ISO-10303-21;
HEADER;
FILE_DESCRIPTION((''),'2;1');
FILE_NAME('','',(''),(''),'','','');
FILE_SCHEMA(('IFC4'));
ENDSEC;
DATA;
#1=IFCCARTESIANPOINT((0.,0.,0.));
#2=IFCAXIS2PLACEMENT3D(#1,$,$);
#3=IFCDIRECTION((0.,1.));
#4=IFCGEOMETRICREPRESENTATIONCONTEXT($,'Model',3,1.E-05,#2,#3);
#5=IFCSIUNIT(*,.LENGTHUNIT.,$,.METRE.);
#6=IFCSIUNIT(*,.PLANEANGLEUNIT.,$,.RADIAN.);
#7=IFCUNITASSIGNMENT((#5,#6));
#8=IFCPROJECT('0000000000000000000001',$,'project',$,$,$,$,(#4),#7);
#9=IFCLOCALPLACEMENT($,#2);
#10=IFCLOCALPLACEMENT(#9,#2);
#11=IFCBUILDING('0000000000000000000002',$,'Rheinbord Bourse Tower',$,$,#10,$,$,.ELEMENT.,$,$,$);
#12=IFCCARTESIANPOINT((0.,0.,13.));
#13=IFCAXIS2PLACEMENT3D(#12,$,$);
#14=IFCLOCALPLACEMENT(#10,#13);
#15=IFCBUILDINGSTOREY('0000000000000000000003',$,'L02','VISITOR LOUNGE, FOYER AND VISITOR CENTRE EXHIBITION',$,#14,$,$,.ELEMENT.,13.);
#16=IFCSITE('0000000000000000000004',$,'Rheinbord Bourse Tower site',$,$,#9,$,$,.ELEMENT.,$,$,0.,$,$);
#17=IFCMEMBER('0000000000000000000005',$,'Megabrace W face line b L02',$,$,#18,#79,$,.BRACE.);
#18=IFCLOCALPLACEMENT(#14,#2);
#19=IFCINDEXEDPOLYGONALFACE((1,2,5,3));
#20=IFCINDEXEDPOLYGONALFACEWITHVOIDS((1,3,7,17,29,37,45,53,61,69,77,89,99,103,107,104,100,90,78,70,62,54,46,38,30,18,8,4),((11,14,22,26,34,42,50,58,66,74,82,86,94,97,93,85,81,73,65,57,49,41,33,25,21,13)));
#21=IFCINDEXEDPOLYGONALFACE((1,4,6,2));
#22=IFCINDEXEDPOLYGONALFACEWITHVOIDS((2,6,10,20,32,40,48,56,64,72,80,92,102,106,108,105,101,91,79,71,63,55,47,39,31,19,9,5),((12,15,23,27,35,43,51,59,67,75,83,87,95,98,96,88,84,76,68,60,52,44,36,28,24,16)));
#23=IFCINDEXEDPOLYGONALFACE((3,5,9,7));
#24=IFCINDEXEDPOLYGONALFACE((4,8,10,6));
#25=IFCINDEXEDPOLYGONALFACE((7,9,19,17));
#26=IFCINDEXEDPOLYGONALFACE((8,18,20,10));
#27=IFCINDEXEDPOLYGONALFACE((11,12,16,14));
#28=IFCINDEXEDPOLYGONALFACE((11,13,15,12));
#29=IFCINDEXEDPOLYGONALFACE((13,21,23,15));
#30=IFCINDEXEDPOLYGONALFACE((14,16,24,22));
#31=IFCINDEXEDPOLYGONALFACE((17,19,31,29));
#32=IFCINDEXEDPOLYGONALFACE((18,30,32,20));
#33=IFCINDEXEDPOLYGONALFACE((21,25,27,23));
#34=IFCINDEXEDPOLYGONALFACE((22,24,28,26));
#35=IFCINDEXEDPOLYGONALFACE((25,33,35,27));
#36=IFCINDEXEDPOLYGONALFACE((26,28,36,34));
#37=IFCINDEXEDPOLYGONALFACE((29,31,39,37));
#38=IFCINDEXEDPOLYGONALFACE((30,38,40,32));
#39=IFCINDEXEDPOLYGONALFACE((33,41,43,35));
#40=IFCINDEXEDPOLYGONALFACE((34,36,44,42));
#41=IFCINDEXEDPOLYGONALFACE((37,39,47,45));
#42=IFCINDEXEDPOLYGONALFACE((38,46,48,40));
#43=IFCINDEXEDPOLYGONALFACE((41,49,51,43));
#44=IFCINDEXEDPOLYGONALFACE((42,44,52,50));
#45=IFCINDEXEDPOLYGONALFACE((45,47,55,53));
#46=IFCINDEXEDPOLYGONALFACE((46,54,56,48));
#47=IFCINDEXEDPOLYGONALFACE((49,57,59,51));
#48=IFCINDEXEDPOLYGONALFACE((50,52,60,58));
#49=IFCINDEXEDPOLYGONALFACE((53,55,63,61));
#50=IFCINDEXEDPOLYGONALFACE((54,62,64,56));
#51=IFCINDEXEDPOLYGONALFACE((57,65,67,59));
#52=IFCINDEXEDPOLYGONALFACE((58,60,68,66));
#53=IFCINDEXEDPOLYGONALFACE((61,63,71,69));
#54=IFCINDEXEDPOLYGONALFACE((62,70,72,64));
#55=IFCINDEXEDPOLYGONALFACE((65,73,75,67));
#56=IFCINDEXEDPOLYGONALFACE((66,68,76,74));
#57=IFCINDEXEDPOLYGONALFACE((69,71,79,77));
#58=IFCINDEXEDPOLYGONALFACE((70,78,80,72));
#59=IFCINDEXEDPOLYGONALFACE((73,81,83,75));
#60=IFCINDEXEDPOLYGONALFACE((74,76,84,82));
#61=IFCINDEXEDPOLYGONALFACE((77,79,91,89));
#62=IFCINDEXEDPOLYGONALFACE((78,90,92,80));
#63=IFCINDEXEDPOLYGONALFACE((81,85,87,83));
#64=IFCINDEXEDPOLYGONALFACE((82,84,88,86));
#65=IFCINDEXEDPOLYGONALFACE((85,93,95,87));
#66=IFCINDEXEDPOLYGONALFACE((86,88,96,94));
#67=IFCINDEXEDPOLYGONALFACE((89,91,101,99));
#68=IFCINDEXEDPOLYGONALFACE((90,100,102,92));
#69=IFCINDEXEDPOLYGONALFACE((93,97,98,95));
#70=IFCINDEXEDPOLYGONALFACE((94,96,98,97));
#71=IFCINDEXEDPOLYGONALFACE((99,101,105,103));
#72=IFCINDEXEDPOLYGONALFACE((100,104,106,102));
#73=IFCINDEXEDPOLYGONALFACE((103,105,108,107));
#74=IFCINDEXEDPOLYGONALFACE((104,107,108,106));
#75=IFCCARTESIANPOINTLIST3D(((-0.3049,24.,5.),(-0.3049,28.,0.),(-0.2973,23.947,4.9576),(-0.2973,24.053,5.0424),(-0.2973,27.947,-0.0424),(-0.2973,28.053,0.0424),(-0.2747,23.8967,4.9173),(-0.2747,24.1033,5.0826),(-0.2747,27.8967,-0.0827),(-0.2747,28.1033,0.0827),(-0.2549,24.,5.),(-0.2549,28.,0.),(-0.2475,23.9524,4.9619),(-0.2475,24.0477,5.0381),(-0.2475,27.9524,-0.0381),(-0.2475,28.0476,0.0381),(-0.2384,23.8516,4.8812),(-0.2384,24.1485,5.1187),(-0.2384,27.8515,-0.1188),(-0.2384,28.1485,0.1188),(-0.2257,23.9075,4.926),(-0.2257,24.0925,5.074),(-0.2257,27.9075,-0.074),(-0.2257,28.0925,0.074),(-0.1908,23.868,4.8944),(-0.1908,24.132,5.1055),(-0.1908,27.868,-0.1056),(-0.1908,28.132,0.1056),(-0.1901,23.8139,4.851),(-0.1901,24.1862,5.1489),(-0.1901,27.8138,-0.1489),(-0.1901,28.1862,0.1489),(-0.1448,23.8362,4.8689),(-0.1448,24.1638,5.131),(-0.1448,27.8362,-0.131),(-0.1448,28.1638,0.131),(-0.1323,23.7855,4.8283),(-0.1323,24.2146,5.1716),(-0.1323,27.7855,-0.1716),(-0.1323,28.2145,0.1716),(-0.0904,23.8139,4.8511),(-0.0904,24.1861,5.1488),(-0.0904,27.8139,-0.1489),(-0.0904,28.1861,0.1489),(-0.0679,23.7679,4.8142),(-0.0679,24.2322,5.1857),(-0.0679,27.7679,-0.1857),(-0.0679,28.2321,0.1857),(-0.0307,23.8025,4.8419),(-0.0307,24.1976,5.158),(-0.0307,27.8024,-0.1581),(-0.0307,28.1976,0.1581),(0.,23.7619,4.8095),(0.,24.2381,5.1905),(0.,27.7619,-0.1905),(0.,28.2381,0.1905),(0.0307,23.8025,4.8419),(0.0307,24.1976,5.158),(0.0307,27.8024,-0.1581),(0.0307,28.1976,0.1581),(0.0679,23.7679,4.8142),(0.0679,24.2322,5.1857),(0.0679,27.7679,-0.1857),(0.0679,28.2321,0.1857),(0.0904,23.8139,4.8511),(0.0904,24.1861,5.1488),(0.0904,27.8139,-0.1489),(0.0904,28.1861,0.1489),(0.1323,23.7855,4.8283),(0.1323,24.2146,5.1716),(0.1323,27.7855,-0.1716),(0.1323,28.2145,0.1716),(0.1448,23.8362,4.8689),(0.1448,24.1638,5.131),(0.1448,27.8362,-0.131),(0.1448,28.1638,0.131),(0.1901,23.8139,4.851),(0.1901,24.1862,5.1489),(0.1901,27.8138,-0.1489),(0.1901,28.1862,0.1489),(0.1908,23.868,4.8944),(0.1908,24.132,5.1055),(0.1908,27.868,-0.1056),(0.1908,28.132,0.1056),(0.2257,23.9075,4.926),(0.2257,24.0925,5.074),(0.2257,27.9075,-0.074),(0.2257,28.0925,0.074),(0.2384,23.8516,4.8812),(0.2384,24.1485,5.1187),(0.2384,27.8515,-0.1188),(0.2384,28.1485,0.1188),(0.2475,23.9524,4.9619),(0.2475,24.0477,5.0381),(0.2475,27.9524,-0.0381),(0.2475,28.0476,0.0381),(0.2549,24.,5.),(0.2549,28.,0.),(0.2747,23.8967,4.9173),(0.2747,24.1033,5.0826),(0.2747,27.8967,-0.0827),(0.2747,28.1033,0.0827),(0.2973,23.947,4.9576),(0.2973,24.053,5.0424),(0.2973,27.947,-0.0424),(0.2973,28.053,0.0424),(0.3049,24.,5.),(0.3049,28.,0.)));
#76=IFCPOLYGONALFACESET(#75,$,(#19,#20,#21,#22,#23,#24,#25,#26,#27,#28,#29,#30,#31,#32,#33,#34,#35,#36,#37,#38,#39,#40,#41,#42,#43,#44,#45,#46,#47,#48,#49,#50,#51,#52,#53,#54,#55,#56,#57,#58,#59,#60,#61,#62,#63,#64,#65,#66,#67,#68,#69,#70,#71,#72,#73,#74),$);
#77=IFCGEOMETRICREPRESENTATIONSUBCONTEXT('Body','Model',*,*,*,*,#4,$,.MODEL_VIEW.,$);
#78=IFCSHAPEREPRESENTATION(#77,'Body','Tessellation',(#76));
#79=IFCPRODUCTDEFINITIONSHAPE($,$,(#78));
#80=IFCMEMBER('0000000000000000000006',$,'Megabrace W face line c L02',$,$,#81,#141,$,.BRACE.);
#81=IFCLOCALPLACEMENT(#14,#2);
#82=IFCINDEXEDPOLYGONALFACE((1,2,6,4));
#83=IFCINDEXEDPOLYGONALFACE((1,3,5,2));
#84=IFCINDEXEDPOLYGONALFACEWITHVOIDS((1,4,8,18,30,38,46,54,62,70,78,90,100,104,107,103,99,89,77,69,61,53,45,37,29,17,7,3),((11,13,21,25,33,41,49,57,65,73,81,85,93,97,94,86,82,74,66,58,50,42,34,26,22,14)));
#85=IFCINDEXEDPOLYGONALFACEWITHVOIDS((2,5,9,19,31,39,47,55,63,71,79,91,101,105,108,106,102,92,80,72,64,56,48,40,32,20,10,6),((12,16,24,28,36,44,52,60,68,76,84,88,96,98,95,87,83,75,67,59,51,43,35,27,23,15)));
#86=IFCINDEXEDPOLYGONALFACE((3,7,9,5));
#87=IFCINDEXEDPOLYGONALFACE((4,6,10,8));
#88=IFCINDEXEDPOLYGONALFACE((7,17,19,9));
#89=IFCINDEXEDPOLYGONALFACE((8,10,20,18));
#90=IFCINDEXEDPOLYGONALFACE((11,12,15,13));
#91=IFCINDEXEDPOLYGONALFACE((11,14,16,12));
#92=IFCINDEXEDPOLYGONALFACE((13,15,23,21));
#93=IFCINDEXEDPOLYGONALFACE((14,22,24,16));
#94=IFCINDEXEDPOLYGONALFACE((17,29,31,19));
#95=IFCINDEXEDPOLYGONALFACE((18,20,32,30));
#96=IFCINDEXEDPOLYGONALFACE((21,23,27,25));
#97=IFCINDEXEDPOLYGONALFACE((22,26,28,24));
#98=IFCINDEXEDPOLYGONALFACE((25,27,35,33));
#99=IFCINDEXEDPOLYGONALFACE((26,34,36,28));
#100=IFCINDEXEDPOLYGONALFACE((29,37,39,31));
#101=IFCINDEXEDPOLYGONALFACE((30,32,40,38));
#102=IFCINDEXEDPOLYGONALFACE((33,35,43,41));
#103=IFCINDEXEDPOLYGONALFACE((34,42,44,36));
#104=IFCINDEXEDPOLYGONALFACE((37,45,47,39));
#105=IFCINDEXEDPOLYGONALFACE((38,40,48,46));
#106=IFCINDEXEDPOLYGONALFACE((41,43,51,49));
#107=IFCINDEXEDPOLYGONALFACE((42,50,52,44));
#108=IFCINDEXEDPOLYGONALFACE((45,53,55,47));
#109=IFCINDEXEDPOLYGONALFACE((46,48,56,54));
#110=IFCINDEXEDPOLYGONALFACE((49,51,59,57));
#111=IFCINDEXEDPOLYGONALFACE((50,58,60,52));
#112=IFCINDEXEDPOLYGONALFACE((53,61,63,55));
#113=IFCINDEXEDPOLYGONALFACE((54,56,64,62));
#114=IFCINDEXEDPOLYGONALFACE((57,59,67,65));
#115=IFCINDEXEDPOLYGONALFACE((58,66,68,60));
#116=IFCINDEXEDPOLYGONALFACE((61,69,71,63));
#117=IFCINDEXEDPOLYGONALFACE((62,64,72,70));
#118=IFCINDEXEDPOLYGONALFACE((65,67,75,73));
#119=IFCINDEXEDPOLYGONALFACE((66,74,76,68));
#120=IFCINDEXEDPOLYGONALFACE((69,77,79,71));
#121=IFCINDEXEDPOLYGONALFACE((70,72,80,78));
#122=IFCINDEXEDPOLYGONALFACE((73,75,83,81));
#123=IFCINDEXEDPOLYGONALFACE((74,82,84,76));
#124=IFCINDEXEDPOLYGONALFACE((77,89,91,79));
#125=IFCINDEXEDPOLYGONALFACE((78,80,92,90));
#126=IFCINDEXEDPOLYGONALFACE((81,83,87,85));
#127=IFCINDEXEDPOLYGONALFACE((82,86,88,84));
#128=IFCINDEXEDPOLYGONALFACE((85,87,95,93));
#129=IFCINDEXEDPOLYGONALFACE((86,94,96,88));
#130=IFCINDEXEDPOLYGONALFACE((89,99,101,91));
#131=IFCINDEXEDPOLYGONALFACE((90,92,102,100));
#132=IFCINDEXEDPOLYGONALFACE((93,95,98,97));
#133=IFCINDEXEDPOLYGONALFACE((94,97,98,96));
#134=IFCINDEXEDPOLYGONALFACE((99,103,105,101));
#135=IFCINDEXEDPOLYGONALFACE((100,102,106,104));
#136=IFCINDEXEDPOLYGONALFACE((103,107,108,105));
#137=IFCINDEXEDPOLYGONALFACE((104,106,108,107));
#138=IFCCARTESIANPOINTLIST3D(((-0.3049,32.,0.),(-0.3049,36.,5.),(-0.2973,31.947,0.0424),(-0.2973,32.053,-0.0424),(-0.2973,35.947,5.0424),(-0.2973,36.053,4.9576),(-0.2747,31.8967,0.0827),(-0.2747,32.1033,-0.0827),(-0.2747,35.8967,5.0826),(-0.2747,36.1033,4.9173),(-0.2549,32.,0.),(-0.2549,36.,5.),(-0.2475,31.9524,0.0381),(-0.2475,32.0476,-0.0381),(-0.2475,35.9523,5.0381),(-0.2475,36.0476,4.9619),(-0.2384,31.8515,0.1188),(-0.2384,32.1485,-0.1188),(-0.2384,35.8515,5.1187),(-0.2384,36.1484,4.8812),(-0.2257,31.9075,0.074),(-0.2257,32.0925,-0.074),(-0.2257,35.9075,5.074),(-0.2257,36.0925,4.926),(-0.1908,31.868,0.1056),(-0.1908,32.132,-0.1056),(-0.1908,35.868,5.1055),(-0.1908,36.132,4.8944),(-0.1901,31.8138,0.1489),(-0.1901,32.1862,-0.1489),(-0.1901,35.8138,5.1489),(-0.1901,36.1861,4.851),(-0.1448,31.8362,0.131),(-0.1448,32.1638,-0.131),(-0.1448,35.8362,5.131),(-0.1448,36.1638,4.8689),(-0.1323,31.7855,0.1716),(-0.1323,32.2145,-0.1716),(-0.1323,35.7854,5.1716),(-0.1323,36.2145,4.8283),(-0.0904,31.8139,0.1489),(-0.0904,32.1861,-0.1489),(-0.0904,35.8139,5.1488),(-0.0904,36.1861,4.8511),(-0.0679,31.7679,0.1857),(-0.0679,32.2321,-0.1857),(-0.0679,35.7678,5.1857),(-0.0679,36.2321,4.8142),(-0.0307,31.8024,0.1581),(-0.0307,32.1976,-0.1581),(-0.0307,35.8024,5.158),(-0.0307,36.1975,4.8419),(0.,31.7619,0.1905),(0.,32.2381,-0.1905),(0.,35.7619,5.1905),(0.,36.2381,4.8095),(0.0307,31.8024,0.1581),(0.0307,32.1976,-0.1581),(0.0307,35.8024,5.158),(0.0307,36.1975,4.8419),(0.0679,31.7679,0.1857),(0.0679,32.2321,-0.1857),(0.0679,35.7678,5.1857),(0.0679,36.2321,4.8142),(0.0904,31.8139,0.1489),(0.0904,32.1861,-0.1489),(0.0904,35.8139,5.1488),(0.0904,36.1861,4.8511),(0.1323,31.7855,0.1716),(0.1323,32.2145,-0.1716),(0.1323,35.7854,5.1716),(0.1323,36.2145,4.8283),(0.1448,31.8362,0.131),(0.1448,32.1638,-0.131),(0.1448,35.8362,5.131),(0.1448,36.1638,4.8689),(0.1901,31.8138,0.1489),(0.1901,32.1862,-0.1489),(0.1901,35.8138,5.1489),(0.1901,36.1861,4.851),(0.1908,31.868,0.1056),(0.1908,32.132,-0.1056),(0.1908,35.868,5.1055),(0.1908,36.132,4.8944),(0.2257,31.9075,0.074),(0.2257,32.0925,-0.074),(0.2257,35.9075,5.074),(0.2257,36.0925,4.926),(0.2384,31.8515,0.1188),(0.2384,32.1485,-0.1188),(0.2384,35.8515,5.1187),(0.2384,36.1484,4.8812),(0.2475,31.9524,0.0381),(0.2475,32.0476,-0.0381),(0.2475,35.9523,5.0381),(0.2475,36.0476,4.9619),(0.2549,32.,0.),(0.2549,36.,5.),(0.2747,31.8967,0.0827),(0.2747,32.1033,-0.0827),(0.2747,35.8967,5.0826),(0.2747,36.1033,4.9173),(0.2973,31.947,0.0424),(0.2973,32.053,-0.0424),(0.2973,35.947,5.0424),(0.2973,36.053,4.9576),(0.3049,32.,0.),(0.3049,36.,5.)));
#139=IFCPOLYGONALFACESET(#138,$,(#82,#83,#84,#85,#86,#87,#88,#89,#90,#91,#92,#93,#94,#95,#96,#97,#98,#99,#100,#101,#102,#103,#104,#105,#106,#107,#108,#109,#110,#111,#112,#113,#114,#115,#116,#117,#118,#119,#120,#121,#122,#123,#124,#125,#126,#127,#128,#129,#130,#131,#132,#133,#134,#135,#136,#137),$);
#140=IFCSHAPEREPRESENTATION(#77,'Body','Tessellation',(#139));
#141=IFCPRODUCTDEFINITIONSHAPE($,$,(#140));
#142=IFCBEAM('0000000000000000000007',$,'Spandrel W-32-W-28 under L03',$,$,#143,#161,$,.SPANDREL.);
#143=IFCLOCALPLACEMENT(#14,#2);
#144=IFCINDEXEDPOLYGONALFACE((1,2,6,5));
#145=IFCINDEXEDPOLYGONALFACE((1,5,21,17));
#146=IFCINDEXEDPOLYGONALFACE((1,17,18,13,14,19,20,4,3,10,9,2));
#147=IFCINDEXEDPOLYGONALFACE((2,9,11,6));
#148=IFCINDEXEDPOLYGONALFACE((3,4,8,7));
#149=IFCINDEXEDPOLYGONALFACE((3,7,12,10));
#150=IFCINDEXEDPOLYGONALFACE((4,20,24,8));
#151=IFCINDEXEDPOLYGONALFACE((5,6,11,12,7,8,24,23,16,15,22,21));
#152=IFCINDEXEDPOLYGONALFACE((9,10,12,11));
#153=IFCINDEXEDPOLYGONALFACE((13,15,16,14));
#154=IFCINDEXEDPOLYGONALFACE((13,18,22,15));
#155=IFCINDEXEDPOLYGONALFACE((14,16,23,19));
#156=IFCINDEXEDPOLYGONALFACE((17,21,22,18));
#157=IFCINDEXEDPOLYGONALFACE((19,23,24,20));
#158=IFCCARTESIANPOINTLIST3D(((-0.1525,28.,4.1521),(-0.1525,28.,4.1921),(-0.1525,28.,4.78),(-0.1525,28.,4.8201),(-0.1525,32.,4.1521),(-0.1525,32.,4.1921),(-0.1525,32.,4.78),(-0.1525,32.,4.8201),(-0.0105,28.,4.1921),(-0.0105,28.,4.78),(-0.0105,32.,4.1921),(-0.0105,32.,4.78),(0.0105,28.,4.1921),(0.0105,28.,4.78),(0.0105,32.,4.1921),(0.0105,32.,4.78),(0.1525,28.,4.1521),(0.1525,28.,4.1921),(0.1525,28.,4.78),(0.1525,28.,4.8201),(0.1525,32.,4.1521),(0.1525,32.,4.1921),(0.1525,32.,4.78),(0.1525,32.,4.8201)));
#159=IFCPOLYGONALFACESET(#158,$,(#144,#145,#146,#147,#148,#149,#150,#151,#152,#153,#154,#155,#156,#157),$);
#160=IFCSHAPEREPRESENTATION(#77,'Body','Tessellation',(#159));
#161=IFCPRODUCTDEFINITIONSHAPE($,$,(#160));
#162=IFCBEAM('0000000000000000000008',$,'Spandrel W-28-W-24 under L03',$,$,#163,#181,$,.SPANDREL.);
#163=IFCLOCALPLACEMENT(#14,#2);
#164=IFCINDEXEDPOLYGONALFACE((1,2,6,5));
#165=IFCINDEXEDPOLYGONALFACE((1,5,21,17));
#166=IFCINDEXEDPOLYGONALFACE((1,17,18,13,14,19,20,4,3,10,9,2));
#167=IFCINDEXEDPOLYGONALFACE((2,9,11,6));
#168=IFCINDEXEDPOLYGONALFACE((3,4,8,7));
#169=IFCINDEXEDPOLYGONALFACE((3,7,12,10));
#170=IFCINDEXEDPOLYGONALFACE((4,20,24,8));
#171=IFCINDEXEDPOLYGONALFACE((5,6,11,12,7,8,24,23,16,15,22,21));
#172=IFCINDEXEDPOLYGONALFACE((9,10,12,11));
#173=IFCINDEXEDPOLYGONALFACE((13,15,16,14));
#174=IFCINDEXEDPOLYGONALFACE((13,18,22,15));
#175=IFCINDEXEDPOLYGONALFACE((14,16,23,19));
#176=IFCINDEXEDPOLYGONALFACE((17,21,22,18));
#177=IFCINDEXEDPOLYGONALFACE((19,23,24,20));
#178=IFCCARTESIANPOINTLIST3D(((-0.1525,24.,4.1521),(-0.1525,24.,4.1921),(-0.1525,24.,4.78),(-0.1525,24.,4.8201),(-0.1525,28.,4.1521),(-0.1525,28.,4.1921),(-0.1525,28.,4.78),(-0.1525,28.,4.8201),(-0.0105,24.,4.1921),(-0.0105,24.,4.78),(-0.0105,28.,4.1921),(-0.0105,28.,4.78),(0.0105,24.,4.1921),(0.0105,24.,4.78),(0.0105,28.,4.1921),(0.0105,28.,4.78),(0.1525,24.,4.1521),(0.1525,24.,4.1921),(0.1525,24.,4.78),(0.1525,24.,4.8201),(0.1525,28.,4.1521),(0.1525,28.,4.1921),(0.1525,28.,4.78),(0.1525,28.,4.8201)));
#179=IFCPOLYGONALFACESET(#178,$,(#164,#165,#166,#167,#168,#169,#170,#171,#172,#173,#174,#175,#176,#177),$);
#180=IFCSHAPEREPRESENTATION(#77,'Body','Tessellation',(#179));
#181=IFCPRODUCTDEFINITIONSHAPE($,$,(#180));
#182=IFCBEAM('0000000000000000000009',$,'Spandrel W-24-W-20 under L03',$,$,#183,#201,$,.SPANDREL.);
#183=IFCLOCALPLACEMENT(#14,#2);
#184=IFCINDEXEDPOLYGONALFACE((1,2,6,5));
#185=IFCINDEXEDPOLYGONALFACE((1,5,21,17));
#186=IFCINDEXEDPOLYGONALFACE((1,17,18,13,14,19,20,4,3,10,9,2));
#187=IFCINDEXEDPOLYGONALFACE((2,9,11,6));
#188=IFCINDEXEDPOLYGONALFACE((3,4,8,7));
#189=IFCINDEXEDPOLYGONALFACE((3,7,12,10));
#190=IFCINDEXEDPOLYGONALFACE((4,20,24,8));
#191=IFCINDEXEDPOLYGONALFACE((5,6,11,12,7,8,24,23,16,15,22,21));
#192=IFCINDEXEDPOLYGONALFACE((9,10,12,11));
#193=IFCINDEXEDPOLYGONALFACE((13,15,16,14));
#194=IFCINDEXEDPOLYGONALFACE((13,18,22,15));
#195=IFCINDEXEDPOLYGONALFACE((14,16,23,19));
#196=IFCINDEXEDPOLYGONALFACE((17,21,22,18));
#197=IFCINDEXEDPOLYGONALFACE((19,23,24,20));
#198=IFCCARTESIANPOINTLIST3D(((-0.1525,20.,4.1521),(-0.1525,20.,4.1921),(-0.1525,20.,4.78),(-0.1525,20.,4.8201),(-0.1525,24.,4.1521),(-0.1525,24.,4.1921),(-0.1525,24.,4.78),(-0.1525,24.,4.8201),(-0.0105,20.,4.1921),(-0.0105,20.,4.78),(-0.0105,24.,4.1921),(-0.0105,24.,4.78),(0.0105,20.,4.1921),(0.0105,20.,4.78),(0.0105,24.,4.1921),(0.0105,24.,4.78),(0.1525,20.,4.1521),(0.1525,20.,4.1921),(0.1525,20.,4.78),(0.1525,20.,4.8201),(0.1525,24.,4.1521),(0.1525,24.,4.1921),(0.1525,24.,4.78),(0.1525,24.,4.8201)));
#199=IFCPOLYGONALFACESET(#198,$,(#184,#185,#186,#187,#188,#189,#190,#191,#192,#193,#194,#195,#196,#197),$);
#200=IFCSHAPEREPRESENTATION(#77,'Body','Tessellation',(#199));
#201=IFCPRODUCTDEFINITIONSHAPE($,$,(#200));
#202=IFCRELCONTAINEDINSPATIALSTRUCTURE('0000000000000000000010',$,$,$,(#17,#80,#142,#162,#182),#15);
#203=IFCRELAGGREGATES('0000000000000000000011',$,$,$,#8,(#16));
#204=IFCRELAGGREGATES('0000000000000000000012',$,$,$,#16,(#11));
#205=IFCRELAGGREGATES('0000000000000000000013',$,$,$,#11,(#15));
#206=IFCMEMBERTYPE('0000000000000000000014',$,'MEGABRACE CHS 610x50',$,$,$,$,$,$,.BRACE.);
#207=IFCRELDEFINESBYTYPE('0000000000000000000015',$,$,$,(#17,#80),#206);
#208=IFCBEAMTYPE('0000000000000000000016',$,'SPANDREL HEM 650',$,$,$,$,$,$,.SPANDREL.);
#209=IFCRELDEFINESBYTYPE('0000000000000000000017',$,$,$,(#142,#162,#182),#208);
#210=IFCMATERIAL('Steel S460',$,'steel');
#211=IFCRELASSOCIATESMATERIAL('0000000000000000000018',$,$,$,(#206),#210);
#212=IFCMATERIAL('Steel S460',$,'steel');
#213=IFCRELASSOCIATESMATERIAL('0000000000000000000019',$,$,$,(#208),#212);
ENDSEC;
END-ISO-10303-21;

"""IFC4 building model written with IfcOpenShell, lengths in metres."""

from ifc_helpers import new_model, si_unit, direction, frame, origin, origin_2d, place, context, subcontext, project, spatial, hollow_circle, i_section, extrude, material, material_profile, profile_set, type_object, element, save


model = new_model("IFC4")

# Units and contexts
model_context = context("Model", 3, precision=1e-05, world=origin(), true_north=direction((0.0, 1.0)))
body_context = subcontext(model_context, "Body", "Model", "MODEL_VIEW")
ifc_project = project(units=[si_unit("LENGTHUNIT", "METRE"), si_unit("PLANEANGLEUNIT", "RADIAN")], contexts=[model_context])

# Site, building, storey
site_placement = place(None, origin())
site = spatial("IfcSite", under=ifc_project, at=site_placement, Name="Rheinbord Bourse Tower site", CompositionType="ELEMENT", RefElevation=0.0)
building_placement = place(site_placement, origin())
building = spatial("IfcBuilding", under=site, at=building_placement, Name="Rheinbord Bourse Tower", CompositionType="ELEMENT")
storey_placement = place(building_placement, frame((0.0, 0.0, 13.0)))
storey = spatial("IfcBuildingStorey", under=building, at=storey_placement, Name="L02", Description="VISITOR LOUNGE, FOYER AND VISITOR CENTRE EXHIBITION", CompositionType="ELEMENT", Elevation=13.0)

# Members
ifc_material_1 = material(Name="Steel S460", Category="steel")
ifc_material_profile_1 = material_profile(ifc_material_1, hollow_circle(Radius=0.3049, WallThickness=0.05, at=origin_2d()), Name="CHS 610x50")
ifc_profile_set_1 = profile_set([ifc_material_profile_1], Name="Steel S460")
member_type_1 = type_object("IfcMemberType", Name="MEGABRACE CHS 610x50", PredefinedType="BRACE", material=ifc_profile_set_1)
for number, where, z_axis, x_axis, name in (
    (1, (0.0, 28.0, 0.0), (0.0, -0.624695, 0.780869), (1.0, 0.0, 0.0), "Megabrace W face line b L02"),
    (2, (0.0, 32.0, 0.0), (0.0, 0.624695, 0.780869), (-1.0, 0.0, 0.0), "Megabrace W face line c L02"),
):
    element("IfcMember", number, at=place(storey_placement, frame(where, z_axis=z_axis, x_axis=x_axis)), inside=storey, type_object=member_type_1, Name=name, PredefinedType="BRACE", context=body_context, shape_type="SweptSolid", body=[
        extrude(hollow_circle(Radius=0.3049, WallThickness=0.05, at=origin_2d()), origin(), (0.0, 0.0, 1.0), 6.4031),
    ])

# Beams
ifc_material_2 = material(Name="Steel S460", Category="steel")
ifc_material_profile_2 = material_profile(ifc_material_2, i_section(OverallWidth=0.3049, OverallDepth=0.668, WebThickness=0.021, FlangeThickness=0.04, at=origin_2d()), Name="HEM 650")
ifc_profile_set_2 = profile_set([ifc_material_profile_2], Name="Steel S460")
beam_type_1 = type_object("IfcBeamType", Name="SPANDREL HEM 650", PredefinedType="SPANDREL", material=ifc_profile_set_2)
for number, where, z_axis, x_axis, name in (
    (3, (0.0, 32.0, 4.4861), (0.0, -1.0, 0.0), (1.0, 0.0, 0.0), "Spandrel W-32-W-28 under L03"),
    (4, (0.0, 28.0, 4.4861), (0.0, -1.0, 0.0), (1.0, 0.0, 0.0), "Spandrel W-28-W-24 under L03"),
    (5, (0.0, 24.0, 4.4861), (0.0, -1.0, 0.0), (1.0, 0.0, 0.0), "Spandrel W-24-W-20 under L03"),
):
    element("IfcBeam", number, at=place(storey_placement, frame(where, z_axis=z_axis, x_axis=x_axis)), inside=storey, type_object=beam_type_1, Name=name, PredefinedType="SPANDREL", context=body_context, shape_type="SweptSolid", body=[
        extrude(i_section(OverallWidth=0.3049, OverallDepth=0.668, WebThickness=0.021, FlangeThickness=0.04, at=origin_2d()), origin(), (0.0, 0.0, 1.0), 4.0),
    ])

save(model, "model.ifc")
